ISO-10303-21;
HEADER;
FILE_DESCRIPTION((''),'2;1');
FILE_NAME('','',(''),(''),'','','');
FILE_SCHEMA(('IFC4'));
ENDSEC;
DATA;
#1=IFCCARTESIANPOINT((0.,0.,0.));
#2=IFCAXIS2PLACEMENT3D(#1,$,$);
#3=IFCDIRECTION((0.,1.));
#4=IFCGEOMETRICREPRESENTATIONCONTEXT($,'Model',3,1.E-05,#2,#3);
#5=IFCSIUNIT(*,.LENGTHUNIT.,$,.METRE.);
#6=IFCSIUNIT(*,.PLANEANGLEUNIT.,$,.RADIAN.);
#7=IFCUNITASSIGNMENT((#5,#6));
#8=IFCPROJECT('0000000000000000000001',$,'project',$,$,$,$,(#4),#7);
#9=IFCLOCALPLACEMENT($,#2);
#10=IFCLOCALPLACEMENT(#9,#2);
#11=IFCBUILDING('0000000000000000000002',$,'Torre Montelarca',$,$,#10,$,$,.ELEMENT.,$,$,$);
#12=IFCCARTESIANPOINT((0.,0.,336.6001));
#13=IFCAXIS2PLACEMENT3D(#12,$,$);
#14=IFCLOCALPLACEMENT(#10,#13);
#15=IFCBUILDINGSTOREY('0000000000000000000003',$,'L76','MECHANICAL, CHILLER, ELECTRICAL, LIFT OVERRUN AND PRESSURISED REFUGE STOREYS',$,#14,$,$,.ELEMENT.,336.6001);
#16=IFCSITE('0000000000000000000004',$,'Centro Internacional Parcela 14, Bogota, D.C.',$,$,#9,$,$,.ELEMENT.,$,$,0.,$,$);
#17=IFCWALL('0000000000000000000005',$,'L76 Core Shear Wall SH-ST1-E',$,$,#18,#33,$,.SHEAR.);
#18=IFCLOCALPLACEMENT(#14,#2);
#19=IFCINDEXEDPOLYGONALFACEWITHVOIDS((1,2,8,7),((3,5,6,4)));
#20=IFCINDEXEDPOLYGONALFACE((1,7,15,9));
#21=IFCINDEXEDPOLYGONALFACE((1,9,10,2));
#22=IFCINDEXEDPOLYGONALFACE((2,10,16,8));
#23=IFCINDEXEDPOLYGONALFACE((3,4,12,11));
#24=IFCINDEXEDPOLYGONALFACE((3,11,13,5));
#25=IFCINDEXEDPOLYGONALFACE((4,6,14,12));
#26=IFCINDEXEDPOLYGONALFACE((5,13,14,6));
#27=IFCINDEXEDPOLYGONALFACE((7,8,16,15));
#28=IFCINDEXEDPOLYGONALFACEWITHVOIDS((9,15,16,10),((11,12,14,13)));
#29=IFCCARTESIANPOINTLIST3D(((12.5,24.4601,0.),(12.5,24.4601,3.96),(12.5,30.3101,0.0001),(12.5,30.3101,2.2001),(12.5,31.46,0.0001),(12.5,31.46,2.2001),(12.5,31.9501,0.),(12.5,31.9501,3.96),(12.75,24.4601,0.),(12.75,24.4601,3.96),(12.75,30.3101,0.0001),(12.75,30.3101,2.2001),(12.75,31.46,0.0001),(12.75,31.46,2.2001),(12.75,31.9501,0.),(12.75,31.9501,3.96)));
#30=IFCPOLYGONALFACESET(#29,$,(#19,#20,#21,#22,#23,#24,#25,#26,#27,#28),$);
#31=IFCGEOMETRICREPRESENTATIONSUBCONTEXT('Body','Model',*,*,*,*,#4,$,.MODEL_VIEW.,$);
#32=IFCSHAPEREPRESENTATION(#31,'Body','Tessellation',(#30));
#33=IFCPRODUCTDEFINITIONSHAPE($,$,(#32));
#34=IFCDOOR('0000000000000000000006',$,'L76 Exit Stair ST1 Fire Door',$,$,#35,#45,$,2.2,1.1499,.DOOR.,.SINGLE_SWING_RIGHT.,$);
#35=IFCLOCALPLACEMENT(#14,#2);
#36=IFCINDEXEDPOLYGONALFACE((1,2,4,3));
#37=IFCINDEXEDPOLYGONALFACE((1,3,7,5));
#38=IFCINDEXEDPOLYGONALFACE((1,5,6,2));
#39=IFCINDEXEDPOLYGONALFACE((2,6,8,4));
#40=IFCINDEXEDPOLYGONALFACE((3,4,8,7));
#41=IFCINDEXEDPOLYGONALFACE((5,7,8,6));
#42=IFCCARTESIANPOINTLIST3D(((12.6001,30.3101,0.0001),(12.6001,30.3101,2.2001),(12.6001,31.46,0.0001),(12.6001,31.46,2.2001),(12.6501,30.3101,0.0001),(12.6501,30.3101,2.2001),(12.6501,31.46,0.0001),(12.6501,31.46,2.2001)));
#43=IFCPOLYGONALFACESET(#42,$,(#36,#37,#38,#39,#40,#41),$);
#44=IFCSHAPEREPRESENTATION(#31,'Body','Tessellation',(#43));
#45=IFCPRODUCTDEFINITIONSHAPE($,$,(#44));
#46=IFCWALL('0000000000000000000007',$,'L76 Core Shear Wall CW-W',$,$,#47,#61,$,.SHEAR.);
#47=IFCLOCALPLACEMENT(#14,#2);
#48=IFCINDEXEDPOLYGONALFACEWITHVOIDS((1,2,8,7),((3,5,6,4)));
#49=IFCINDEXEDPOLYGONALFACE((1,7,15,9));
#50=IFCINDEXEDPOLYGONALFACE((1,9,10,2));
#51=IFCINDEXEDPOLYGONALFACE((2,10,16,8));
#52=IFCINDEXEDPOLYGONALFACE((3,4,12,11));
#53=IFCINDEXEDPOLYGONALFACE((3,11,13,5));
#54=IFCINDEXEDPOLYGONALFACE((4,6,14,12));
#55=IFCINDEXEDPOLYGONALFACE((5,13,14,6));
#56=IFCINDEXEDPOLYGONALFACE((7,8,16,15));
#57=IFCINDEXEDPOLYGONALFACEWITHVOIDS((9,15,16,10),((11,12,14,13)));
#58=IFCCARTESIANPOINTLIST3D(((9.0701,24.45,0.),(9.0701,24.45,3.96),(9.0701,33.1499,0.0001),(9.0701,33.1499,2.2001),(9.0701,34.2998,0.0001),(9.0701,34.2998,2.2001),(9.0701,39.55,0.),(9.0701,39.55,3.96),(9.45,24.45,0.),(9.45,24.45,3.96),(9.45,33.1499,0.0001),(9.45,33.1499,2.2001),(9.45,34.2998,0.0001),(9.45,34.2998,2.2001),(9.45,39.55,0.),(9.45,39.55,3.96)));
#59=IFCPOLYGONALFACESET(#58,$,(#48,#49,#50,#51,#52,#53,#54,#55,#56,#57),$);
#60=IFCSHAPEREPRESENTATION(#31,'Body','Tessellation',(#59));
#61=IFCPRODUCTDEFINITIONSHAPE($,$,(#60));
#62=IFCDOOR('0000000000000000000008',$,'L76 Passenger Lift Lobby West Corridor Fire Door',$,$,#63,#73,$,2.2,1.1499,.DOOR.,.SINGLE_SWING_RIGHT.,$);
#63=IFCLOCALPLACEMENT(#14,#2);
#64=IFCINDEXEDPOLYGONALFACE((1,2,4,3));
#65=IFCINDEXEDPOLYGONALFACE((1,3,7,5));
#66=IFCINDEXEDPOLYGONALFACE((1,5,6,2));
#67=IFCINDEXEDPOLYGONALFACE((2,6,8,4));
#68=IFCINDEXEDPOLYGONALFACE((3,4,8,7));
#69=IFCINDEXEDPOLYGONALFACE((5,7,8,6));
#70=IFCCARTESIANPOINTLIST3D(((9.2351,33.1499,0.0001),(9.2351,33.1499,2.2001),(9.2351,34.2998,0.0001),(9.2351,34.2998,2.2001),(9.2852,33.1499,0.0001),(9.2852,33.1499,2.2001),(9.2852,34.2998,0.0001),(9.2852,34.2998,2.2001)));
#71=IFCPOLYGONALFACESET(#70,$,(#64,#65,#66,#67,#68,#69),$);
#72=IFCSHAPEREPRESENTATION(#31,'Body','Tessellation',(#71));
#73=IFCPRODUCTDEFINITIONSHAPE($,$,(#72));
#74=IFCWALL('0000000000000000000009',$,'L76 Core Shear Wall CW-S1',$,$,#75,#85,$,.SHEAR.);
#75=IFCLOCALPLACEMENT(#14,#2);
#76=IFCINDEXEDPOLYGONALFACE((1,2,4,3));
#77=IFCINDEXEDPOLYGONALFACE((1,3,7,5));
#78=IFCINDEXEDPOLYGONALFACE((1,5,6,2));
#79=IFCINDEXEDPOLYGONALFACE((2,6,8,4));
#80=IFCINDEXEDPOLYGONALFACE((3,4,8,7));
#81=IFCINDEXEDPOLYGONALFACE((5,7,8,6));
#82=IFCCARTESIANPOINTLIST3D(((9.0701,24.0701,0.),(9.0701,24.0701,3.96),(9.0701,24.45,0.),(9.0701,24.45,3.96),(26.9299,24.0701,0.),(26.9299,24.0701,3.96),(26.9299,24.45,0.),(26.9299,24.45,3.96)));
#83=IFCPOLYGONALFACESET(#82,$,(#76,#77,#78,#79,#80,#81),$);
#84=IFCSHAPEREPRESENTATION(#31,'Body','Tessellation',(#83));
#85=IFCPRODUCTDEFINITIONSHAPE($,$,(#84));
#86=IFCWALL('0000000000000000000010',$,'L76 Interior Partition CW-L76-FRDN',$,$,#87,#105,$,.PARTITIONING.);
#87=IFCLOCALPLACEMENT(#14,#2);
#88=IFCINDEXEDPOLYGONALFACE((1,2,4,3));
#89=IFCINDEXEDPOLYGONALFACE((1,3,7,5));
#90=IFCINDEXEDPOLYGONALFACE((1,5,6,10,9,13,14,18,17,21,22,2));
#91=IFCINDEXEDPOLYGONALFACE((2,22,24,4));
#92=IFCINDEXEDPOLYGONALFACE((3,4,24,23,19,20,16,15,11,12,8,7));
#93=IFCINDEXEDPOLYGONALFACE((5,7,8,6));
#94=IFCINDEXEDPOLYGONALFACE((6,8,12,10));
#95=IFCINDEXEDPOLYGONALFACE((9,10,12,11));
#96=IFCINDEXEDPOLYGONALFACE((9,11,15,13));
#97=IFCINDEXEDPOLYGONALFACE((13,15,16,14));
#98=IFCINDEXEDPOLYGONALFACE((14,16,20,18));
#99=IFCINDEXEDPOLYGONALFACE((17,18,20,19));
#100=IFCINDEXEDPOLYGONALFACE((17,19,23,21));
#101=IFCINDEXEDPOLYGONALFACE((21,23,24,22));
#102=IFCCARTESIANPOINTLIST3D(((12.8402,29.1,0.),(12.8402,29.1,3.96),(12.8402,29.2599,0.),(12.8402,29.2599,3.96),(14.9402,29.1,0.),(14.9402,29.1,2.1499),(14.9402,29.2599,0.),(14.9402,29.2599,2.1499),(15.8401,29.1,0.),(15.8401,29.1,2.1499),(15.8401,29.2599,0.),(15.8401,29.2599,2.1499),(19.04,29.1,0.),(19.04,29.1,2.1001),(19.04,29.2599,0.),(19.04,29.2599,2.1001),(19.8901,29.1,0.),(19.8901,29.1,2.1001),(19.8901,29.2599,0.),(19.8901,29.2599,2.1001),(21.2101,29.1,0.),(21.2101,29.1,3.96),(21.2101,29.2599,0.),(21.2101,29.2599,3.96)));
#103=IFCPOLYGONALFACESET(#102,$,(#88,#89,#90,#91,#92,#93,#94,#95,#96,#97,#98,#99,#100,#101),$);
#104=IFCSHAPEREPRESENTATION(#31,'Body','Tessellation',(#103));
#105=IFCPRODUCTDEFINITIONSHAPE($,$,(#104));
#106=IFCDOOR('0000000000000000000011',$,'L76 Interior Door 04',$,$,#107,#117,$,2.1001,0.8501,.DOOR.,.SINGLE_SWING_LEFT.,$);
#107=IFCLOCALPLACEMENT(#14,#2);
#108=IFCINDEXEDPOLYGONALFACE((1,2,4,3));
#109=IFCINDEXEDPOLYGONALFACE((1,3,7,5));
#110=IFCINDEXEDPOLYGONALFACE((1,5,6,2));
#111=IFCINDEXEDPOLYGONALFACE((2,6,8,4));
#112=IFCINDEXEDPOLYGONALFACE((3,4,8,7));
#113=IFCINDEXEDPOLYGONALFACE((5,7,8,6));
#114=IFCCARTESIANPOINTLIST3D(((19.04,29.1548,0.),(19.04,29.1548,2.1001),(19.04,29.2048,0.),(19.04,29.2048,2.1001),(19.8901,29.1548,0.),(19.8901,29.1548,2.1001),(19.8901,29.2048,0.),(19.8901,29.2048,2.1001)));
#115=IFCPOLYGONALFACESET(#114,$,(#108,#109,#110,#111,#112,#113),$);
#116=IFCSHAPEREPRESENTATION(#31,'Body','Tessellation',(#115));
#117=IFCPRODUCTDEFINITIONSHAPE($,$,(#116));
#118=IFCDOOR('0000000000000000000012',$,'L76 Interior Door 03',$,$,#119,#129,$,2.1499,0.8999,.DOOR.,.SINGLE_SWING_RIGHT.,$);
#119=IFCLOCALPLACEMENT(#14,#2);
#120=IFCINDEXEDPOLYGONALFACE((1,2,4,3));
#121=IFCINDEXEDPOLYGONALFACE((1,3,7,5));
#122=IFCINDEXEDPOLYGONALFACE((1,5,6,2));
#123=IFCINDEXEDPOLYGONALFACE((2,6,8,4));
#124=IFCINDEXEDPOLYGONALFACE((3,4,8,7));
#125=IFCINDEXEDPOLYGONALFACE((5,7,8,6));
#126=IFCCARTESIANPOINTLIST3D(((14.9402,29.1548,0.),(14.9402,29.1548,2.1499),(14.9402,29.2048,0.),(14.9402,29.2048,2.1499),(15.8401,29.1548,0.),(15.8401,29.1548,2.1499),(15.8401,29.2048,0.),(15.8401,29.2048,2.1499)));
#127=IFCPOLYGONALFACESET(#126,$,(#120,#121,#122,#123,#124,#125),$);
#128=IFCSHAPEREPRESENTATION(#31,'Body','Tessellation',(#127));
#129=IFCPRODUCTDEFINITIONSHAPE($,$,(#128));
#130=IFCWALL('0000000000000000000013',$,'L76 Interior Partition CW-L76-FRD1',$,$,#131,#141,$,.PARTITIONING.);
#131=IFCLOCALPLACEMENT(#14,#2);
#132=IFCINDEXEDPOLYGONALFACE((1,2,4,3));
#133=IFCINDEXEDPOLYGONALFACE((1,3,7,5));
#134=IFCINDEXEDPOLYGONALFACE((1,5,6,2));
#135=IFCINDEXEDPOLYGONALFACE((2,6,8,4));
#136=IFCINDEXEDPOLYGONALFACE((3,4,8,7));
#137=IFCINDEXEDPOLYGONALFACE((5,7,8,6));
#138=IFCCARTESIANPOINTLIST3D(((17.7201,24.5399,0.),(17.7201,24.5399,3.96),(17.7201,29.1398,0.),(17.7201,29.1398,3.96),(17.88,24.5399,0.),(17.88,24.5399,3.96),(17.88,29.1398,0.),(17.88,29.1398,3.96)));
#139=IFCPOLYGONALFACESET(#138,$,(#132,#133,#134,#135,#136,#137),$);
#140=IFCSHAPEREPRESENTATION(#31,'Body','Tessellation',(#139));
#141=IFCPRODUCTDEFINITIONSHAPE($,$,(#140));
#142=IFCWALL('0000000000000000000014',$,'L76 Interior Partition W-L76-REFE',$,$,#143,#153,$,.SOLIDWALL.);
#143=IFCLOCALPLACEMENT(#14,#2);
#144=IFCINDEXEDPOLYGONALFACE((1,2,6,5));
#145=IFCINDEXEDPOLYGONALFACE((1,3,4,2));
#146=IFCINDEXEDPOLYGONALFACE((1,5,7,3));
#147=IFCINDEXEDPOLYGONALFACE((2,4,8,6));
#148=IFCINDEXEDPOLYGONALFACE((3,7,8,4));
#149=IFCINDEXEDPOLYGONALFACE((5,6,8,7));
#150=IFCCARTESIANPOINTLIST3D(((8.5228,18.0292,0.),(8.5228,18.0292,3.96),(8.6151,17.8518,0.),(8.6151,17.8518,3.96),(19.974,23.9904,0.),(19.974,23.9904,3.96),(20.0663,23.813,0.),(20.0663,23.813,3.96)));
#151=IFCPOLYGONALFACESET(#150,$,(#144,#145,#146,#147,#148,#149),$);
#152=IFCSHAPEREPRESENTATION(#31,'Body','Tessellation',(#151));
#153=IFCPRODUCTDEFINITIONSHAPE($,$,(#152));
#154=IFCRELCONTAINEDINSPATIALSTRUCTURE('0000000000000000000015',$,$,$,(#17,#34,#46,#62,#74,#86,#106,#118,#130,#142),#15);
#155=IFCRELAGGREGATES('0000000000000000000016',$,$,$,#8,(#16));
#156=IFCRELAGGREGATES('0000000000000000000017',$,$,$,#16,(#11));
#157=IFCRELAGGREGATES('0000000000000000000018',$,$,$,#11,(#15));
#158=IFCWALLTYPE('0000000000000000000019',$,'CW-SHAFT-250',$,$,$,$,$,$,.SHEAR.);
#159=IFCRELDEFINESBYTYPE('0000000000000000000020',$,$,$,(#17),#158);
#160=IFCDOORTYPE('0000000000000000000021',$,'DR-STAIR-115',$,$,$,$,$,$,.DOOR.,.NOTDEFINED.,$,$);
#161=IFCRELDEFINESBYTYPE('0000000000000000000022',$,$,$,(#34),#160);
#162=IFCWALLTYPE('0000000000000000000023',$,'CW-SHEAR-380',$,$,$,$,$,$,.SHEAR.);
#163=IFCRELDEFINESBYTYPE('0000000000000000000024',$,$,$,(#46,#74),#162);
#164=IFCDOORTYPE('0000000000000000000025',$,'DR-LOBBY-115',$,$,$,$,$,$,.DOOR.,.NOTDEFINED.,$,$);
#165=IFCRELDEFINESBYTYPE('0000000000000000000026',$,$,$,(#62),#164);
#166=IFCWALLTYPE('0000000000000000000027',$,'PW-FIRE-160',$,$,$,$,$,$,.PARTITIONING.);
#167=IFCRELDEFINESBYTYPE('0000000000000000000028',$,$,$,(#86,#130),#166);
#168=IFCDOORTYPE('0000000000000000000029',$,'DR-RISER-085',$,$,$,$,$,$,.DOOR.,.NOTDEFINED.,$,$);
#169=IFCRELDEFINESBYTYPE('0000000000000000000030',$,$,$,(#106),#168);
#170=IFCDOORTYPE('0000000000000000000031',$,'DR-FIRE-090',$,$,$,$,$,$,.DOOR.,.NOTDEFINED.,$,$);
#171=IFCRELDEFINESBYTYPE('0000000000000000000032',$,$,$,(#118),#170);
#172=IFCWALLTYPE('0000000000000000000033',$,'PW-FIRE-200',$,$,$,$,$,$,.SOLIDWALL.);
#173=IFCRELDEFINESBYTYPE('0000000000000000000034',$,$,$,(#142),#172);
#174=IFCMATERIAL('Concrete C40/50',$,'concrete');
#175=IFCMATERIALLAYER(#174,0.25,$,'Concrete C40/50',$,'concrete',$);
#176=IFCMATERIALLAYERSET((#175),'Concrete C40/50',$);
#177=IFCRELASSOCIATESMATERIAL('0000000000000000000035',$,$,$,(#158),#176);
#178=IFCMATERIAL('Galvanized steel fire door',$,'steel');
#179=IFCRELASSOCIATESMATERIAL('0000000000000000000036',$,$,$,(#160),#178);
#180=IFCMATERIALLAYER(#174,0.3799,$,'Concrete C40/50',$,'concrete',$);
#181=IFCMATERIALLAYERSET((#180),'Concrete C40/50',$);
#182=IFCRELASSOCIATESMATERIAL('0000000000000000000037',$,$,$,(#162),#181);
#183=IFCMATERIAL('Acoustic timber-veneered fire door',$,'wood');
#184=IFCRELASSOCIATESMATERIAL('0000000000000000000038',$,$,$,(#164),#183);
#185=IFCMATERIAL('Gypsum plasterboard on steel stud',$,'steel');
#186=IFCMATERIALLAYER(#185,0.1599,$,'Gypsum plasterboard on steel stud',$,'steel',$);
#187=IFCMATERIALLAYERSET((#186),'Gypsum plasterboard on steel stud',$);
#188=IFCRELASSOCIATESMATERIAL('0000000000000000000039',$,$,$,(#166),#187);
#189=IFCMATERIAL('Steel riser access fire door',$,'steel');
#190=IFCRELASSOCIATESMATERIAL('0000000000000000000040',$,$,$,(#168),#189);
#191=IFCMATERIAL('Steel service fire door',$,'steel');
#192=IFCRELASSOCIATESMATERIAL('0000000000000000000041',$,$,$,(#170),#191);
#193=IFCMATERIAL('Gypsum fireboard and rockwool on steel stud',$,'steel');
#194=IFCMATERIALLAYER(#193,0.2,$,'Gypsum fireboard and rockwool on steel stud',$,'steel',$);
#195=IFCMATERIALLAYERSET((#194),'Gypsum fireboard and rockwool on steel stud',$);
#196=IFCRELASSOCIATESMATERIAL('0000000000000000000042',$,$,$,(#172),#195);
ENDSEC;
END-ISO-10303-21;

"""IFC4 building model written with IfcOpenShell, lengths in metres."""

from ifc_helpers import new_model, si_unit, direction, frame, frame_2d, origin, place, context, subcontext, project, spatial, rectangle, extrude, source, transform, mapped, material, layer, layer_set, type_object, element, fill, save


model = new_model("IFC4")

# Units and contexts
model_context = context("Model", 3, precision=1e-05, world=origin(), true_north=direction((0.0, 1.0)))
body_context = subcontext(model_context, "Body", "Model", "MODEL_VIEW")
ifc_project = project(units=[si_unit("LENGTHUNIT", "METRE"), si_unit("PLANEANGLEUNIT", "RADIAN")], contexts=[model_context])

# Site, building, storey
site_placement = place(None, origin())
site = spatial("IfcSite", under=ifc_project, at=site_placement, Name="Centro Internacional Parcela 14, Bogota, D.C.", CompositionType="ELEMENT", RefElevation=0.0)
building_placement = place(site_placement, origin())
building = spatial("IfcBuilding", under=site, at=building_placement, Name="Torre Montelarca", CompositionType="ELEMENT")
storey_placement = place(building_placement, frame((0.0, 0.0, 336.6001)))
storey = spatial("IfcBuildingStorey", under=building, at=storey_placement, Name="L76", Description="MECHANICAL, CHILLER, ELECTRICAL, LIFT OVERRUN AND PRESSURISED REFUGE STOREYS", CompositionType="ELEMENT", Elevation=336.6001)

# Shared definitions
ifc_material_1 = material(Name="Concrete C40/50", Category="concrete")

# Walls, openings, doors
ifc_layer_1 = layer(ifc_material_1, 0.25, Name="Concrete C40/50", Category="concrete")
ifc_layer_set_1 = layer_set([ifc_layer_1], Name="Concrete C40/50")
wall_type_1 = type_object("IfcWallType", Name="CW-SHAFT-250", PredefinedType="SHEAR", material=ifc_layer_set_1)
wall_1_placement = place(storey_placement, frame((12.625, 24.46, 0.0), z_axis=(0.0, 0.0, 1.0), x_axis=(0.0, 1.0, 0.0)))
wall_1 = element("IfcWall", 1, at=wall_1_placement, inside=storey, type_object=wall_type_1, Name="L76 Core Shear Wall SH-ST1-E", PredefinedType="SHEAR", context=body_context, shape_type="SweptSolid", body=[
    extrude(rectangle(XDim=7.49, YDim=0.25, at=frame_2d((3.7451, 0.0))), origin(), (0.0, 0.0, 1.0), 3.96),
])
opening_1_placement = place(wall_1_placement, frame((5.8501, 0.0, 0.0)))
opening_1 = element("IfcOpeningElement", 2, at=opening_1_placement, cuts=wall_1, PredefinedType="OPENING", context=body_context, shape_type="SweptSolid", body=[
    extrude(rectangle(XDim=1.1499, YDim=2.2, at=frame_2d((0.575, 1.1001))), frame((0.0, 0.135, 0.0), z_axis=(0.0, -1.0, 0.0), x_axis=(1.0, 0.0, 0.0)), (0.0, 0.0, 1.0), 0.27),
])
ifc_material_2 = material(Name="Galvanized steel fire door", Category="steel")
door_type_1 = type_object("IfcDoorType", Name="DR-STAIR-115", OperationType="NOTDEFINED", PredefinedType="DOOR", material=ifc_material_2)
shared_shape_1 = source(origin(), body_context, "Body", "SweptSolid", [
    extrude(rectangle(XDim=1.1499, YDim=2.2, at=frame_2d((0.575, 1.1001))), frame((0.0, 0.0249, 0.0), z_axis=(0.0, -1.0, 0.0), x_axis=(1.0, 0.0, 0.0)), (0.0, 0.0, 1.0), 0.05),
])
door_1_placement = place(opening_1_placement, origin())
door_1 = element("IfcDoor", 3, at=door_1_placement, inside=storey, type_object=door_type_1, Name="L76 Exit Stair ST1 Fire Door", OperationType="SINGLE_SWING_RIGHT", OverallHeight=2.2, OverallWidth=1.1499, PredefinedType="DOOR", context=body_context, shape_type="MappedRepresentation", body=[
    mapped(shared_shape_1, transform((0.0, 0.0, 0.0), scale=1.0)),
])
fill(opening_1, door_1)
ifc_layer_2 = layer(ifc_material_1, 0.3799, Name="Concrete C40/50", Category="concrete")
ifc_layer_set_2 = layer_set([ifc_layer_2], Name="Concrete C40/50")
wall_type_2 = type_object("IfcWallType", Name="CW-SHEAR-380", PredefinedType="SHEAR", material=ifc_layer_set_2)
wall_2_placement = place(storey_placement, frame((9.26, 24.45, 0.0), z_axis=(0.0, 0.0, 1.0), x_axis=(0.0, 1.0, 0.0)))
wall_2 = element("IfcWall", 4, at=wall_2_placement, inside=storey, type_object=wall_type_2, Name="L76 Core Shear Wall CW-W", PredefinedType="SHEAR", context=body_context, shape_type="SweptSolid", body=[
    extrude(rectangle(XDim=15.1001, YDim=0.3799, at=frame_2d((7.55, 0.0))), origin(), (0.0, 0.0, 1.0), 3.96),
])
opening_2_placement = place(wall_2_placement, frame((8.7, 0.0, 0.0)))
opening_2 = element("IfcOpeningElement", 5, at=opening_2_placement, cuts=wall_2, PredefinedType="OPENING", context=body_context, shape_type="SweptSolid", body=[
    extrude(rectangle(XDim=1.1499, YDim=2.2, at=frame_2d((0.575, 1.1001))), frame((0.0, 0.2, 0.0), z_axis=(0.0, -1.0, 0.0), x_axis=(1.0, 0.0, 0.0)), (0.0, 0.0, 1.0), 0.3999),
])
ifc_material_3 = material(Name="Acoustic timber-veneered fire door", Category="wood")
door_type_2 = type_object("IfcDoorType", Name="DR-LOBBY-115", OperationType="NOTDEFINED", PredefinedType="DOOR", material=ifc_material_3)
shared_shape_2 = source(origin(), body_context, "Body", "SweptSolid", [
    extrude(rectangle(XDim=1.1499, YDim=2.2, at=frame_2d((0.575, 1.1001))), frame((0.0, 0.0249, 0.0), z_axis=(0.0, -1.0, 0.0), x_axis=(1.0, 0.0, 0.0)), (0.0, 0.0, 1.0), 0.05),
])
door_2_placement = place(opening_2_placement, origin())
door_2 = element("IfcDoor", 6, at=door_2_placement, inside=storey, type_object=door_type_2, Name="L76 Passenger Lift Lobby West Corridor Fire Door", OperationType="SINGLE_SWING_RIGHT", OverallHeight=2.2, OverallWidth=1.1499, PredefinedType="DOOR", context=body_context, shape_type="MappedRepresentation", body=[
    mapped(shared_shape_2, transform((0.0, 0.0, 0.0), scale=1.0)),
])
fill(opening_2, door_2)

# Wall
wall_3_placement = place(storey_placement, frame((9.0701, 24.26, 0.0), z_axis=(0.0, 0.0, 1.0), x_axis=(1.0, 0.0, 0.0)))
element("IfcWall", 7, at=wall_3_placement, inside=storey, type_object=wall_type_2, Name="L76 Core Shear Wall CW-S1", PredefinedType="SHEAR", context=body_context, shape_type="SweptSolid", body=[
    extrude(rectangle(XDim=17.8599, YDim=0.3799, at=frame_2d((8.9299, 0.0))), origin(), (0.0, 0.0, 1.0), 3.96),
])

# Wall, openings, doors
ifc_material_4 = material(Name="Gypsum plasterboard on steel stud", Category="steel")
ifc_layer_3 = layer(ifc_material_4, 0.1599, Name="Gypsum plasterboard on steel stud", Category="steel")
ifc_layer_set_3 = layer_set([ifc_layer_3], Name="Gypsum plasterboard on steel stud")
wall_type_3 = type_object("IfcWallType", Name="PW-FIRE-160", PredefinedType="PARTITIONING", material=ifc_layer_set_3)
wall_4_placement = place(storey_placement, frame((12.8401, 29.1799, 0.0), z_axis=(0.0, 0.0, 1.0), x_axis=(1.0, 0.0, 0.0)))
wall_4 = element("IfcWall", 8, at=wall_4_placement, inside=storey, type_object=wall_type_3, Name="L76 Interior Partition CW-L76-FRDN", PredefinedType="PARTITIONING", context=body_context, shape_type="SweptSolid", body=[
    extrude(rectangle(XDim=8.3699, YDim=0.1599, at=frame_2d((4.1851, 0.0))), origin(), (0.0, 0.0, 1.0), 3.96),
])
opening_3_placement = place(wall_4_placement, frame((2.1001, 0.0, 0.0)))
opening_3 = element("IfcOpeningElement", 9, at=opening_3_placement, cuts=wall_4, PredefinedType="OPENING", context=body_context, shape_type="SweptSolid", body=[
    extrude(rectangle(XDim=0.8999, YDim=2.1499, at=frame_2d((0.45, 1.075))), frame((0.0, 0.0898, 0.0), z_axis=(0.0, -1.0, 0.0), x_axis=(1.0, 0.0, 0.0)), (0.0, 0.0, 1.0), 0.1799),
])
opening_4_placement = place(wall_4_placement, frame((6.2, 0.0, 0.0)))
opening_4 = element("IfcOpeningElement", 10, at=opening_4_placement, cuts=wall_4, PredefinedType="OPENING", context=body_context, shape_type="SweptSolid", body=[
    extrude(rectangle(XDim=0.8501, YDim=2.1001, at=frame_2d((0.425, 1.05))), frame((0.0, 0.0898, 0.0), z_axis=(0.0, -1.0, 0.0), x_axis=(1.0, 0.0, 0.0)), (0.0, 0.0, 1.0), 0.1799),
])
ifc_material_5 = material(Name="Steel riser access fire door", Category="steel")
door_type_3 = type_object("IfcDoorType", Name="DR-RISER-085", OperationType="NOTDEFINED", PredefinedType="DOOR", material=ifc_material_5)
shared_shape_3 = source(origin(), body_context, "Body", "SweptSolid", [
    extrude(rectangle(XDim=0.8501, YDim=2.1001, at=frame_2d((0.425, 1.05))), frame((0.0, 0.0249, 0.0), z_axis=(0.0, -1.0, 0.0), x_axis=(1.0, 0.0, 0.0)), (0.0, 0.0, 1.0), 0.05),
])
door_3_placement = place(opening_4_placement, origin())
door_3 = element("IfcDoor", 11, at=door_3_placement, inside=storey, type_object=door_type_3, Name="L76 Interior Door 04", OperationType="SINGLE_SWING_LEFT", OverallHeight=2.1001, OverallWidth=0.8501, PredefinedType="DOOR", context=body_context, shape_type="MappedRepresentation", body=[
    mapped(shared_shape_3, transform((0.0, 0.0, 0.0), scale=1.0)),
])
fill(opening_4, door_3)
ifc_material_6 = material(Name="Steel service fire door", Category="steel")
door_type_4 = type_object("IfcDoorType", Name="DR-FIRE-090", OperationType="NOTDEFINED", PredefinedType="DOOR", material=ifc_material_6)
shared_shape_4 = source(origin(), body_context, "Body", "SweptSolid", [
    extrude(rectangle(XDim=0.8999, YDim=2.1499, at=frame_2d((0.45, 1.075))), frame((0.0, 0.0249, 0.0), z_axis=(0.0, -1.0, 0.0), x_axis=(1.0, 0.0, 0.0)), (0.0, 0.0, 1.0), 0.05),
])
door_4_placement = place(opening_3_placement, origin())
door_4 = element("IfcDoor", 12, at=door_4_placement, inside=storey, type_object=door_type_4, Name="L76 Interior Door 03", OperationType="SINGLE_SWING_RIGHT", OverallHeight=2.1499, OverallWidth=0.8999, PredefinedType="DOOR", context=body_context, shape_type="MappedRepresentation", body=[
    mapped(shared_shape_4, transform((0.0, 0.0, 0.0), scale=1.0)),
])
fill(opening_3, door_4)

# Walls
wall_5_placement = place(storey_placement, frame((17.8, 24.54, 0.0), z_axis=(0.0, 0.0, 1.0), x_axis=(0.0, 1.0, 0.0)))
element("IfcWall", 13, at=wall_5_placement, inside=storey, type_object=wall_type_3, Name="L76 Interior Partition CW-L76-FRD1", PredefinedType="PARTITIONING", context=body_context, shape_type="SweptSolid", body=[
    extrude(rectangle(XDim=4.5999, YDim=0.1599, at=frame_2d((2.2998, 0.0))), origin(), (0.0, 0.0, 1.0), 3.96),
])
ifc_material_7 = material(Name="Gypsum fireboard and rockwool on steel stud", Category="steel")
ifc_layer_4 = layer(ifc_material_7, 0.2, Name="Gypsum fireboard and rockwool on steel stud", Category="steel")
ifc_layer_set_4 = layer_set([ifc_layer_4], Name="Gypsum fireboard and rockwool on steel stud")
wall_type_4 = type_object("IfcWallType", Name="PW-FIRE-200", PredefinedType="SOLIDWALL", material=ifc_layer_set_4)
wall_6_placement = place(storey_placement, frame((8.5688, 17.9404, 0.0), z_axis=(0.0, 0.0, 1.0), x_axis=(0.887008, 0.461753, 0.0)))
element("IfcWall", 14, at=wall_6_placement, inside=storey, type_object=wall_type_4, Name="L76 Interior Partition W-L76-REFE", PredefinedType="SOLIDWALL", context=body_context, shape_type="SweptSolid", body=[
    extrude(rectangle(XDim=12.9099, YDim=0.2, at=frame_2d((6.4551, 0.0))), origin(), (0.0, 0.0, 1.0), 3.96),
])

save(model, "model.ifc")
